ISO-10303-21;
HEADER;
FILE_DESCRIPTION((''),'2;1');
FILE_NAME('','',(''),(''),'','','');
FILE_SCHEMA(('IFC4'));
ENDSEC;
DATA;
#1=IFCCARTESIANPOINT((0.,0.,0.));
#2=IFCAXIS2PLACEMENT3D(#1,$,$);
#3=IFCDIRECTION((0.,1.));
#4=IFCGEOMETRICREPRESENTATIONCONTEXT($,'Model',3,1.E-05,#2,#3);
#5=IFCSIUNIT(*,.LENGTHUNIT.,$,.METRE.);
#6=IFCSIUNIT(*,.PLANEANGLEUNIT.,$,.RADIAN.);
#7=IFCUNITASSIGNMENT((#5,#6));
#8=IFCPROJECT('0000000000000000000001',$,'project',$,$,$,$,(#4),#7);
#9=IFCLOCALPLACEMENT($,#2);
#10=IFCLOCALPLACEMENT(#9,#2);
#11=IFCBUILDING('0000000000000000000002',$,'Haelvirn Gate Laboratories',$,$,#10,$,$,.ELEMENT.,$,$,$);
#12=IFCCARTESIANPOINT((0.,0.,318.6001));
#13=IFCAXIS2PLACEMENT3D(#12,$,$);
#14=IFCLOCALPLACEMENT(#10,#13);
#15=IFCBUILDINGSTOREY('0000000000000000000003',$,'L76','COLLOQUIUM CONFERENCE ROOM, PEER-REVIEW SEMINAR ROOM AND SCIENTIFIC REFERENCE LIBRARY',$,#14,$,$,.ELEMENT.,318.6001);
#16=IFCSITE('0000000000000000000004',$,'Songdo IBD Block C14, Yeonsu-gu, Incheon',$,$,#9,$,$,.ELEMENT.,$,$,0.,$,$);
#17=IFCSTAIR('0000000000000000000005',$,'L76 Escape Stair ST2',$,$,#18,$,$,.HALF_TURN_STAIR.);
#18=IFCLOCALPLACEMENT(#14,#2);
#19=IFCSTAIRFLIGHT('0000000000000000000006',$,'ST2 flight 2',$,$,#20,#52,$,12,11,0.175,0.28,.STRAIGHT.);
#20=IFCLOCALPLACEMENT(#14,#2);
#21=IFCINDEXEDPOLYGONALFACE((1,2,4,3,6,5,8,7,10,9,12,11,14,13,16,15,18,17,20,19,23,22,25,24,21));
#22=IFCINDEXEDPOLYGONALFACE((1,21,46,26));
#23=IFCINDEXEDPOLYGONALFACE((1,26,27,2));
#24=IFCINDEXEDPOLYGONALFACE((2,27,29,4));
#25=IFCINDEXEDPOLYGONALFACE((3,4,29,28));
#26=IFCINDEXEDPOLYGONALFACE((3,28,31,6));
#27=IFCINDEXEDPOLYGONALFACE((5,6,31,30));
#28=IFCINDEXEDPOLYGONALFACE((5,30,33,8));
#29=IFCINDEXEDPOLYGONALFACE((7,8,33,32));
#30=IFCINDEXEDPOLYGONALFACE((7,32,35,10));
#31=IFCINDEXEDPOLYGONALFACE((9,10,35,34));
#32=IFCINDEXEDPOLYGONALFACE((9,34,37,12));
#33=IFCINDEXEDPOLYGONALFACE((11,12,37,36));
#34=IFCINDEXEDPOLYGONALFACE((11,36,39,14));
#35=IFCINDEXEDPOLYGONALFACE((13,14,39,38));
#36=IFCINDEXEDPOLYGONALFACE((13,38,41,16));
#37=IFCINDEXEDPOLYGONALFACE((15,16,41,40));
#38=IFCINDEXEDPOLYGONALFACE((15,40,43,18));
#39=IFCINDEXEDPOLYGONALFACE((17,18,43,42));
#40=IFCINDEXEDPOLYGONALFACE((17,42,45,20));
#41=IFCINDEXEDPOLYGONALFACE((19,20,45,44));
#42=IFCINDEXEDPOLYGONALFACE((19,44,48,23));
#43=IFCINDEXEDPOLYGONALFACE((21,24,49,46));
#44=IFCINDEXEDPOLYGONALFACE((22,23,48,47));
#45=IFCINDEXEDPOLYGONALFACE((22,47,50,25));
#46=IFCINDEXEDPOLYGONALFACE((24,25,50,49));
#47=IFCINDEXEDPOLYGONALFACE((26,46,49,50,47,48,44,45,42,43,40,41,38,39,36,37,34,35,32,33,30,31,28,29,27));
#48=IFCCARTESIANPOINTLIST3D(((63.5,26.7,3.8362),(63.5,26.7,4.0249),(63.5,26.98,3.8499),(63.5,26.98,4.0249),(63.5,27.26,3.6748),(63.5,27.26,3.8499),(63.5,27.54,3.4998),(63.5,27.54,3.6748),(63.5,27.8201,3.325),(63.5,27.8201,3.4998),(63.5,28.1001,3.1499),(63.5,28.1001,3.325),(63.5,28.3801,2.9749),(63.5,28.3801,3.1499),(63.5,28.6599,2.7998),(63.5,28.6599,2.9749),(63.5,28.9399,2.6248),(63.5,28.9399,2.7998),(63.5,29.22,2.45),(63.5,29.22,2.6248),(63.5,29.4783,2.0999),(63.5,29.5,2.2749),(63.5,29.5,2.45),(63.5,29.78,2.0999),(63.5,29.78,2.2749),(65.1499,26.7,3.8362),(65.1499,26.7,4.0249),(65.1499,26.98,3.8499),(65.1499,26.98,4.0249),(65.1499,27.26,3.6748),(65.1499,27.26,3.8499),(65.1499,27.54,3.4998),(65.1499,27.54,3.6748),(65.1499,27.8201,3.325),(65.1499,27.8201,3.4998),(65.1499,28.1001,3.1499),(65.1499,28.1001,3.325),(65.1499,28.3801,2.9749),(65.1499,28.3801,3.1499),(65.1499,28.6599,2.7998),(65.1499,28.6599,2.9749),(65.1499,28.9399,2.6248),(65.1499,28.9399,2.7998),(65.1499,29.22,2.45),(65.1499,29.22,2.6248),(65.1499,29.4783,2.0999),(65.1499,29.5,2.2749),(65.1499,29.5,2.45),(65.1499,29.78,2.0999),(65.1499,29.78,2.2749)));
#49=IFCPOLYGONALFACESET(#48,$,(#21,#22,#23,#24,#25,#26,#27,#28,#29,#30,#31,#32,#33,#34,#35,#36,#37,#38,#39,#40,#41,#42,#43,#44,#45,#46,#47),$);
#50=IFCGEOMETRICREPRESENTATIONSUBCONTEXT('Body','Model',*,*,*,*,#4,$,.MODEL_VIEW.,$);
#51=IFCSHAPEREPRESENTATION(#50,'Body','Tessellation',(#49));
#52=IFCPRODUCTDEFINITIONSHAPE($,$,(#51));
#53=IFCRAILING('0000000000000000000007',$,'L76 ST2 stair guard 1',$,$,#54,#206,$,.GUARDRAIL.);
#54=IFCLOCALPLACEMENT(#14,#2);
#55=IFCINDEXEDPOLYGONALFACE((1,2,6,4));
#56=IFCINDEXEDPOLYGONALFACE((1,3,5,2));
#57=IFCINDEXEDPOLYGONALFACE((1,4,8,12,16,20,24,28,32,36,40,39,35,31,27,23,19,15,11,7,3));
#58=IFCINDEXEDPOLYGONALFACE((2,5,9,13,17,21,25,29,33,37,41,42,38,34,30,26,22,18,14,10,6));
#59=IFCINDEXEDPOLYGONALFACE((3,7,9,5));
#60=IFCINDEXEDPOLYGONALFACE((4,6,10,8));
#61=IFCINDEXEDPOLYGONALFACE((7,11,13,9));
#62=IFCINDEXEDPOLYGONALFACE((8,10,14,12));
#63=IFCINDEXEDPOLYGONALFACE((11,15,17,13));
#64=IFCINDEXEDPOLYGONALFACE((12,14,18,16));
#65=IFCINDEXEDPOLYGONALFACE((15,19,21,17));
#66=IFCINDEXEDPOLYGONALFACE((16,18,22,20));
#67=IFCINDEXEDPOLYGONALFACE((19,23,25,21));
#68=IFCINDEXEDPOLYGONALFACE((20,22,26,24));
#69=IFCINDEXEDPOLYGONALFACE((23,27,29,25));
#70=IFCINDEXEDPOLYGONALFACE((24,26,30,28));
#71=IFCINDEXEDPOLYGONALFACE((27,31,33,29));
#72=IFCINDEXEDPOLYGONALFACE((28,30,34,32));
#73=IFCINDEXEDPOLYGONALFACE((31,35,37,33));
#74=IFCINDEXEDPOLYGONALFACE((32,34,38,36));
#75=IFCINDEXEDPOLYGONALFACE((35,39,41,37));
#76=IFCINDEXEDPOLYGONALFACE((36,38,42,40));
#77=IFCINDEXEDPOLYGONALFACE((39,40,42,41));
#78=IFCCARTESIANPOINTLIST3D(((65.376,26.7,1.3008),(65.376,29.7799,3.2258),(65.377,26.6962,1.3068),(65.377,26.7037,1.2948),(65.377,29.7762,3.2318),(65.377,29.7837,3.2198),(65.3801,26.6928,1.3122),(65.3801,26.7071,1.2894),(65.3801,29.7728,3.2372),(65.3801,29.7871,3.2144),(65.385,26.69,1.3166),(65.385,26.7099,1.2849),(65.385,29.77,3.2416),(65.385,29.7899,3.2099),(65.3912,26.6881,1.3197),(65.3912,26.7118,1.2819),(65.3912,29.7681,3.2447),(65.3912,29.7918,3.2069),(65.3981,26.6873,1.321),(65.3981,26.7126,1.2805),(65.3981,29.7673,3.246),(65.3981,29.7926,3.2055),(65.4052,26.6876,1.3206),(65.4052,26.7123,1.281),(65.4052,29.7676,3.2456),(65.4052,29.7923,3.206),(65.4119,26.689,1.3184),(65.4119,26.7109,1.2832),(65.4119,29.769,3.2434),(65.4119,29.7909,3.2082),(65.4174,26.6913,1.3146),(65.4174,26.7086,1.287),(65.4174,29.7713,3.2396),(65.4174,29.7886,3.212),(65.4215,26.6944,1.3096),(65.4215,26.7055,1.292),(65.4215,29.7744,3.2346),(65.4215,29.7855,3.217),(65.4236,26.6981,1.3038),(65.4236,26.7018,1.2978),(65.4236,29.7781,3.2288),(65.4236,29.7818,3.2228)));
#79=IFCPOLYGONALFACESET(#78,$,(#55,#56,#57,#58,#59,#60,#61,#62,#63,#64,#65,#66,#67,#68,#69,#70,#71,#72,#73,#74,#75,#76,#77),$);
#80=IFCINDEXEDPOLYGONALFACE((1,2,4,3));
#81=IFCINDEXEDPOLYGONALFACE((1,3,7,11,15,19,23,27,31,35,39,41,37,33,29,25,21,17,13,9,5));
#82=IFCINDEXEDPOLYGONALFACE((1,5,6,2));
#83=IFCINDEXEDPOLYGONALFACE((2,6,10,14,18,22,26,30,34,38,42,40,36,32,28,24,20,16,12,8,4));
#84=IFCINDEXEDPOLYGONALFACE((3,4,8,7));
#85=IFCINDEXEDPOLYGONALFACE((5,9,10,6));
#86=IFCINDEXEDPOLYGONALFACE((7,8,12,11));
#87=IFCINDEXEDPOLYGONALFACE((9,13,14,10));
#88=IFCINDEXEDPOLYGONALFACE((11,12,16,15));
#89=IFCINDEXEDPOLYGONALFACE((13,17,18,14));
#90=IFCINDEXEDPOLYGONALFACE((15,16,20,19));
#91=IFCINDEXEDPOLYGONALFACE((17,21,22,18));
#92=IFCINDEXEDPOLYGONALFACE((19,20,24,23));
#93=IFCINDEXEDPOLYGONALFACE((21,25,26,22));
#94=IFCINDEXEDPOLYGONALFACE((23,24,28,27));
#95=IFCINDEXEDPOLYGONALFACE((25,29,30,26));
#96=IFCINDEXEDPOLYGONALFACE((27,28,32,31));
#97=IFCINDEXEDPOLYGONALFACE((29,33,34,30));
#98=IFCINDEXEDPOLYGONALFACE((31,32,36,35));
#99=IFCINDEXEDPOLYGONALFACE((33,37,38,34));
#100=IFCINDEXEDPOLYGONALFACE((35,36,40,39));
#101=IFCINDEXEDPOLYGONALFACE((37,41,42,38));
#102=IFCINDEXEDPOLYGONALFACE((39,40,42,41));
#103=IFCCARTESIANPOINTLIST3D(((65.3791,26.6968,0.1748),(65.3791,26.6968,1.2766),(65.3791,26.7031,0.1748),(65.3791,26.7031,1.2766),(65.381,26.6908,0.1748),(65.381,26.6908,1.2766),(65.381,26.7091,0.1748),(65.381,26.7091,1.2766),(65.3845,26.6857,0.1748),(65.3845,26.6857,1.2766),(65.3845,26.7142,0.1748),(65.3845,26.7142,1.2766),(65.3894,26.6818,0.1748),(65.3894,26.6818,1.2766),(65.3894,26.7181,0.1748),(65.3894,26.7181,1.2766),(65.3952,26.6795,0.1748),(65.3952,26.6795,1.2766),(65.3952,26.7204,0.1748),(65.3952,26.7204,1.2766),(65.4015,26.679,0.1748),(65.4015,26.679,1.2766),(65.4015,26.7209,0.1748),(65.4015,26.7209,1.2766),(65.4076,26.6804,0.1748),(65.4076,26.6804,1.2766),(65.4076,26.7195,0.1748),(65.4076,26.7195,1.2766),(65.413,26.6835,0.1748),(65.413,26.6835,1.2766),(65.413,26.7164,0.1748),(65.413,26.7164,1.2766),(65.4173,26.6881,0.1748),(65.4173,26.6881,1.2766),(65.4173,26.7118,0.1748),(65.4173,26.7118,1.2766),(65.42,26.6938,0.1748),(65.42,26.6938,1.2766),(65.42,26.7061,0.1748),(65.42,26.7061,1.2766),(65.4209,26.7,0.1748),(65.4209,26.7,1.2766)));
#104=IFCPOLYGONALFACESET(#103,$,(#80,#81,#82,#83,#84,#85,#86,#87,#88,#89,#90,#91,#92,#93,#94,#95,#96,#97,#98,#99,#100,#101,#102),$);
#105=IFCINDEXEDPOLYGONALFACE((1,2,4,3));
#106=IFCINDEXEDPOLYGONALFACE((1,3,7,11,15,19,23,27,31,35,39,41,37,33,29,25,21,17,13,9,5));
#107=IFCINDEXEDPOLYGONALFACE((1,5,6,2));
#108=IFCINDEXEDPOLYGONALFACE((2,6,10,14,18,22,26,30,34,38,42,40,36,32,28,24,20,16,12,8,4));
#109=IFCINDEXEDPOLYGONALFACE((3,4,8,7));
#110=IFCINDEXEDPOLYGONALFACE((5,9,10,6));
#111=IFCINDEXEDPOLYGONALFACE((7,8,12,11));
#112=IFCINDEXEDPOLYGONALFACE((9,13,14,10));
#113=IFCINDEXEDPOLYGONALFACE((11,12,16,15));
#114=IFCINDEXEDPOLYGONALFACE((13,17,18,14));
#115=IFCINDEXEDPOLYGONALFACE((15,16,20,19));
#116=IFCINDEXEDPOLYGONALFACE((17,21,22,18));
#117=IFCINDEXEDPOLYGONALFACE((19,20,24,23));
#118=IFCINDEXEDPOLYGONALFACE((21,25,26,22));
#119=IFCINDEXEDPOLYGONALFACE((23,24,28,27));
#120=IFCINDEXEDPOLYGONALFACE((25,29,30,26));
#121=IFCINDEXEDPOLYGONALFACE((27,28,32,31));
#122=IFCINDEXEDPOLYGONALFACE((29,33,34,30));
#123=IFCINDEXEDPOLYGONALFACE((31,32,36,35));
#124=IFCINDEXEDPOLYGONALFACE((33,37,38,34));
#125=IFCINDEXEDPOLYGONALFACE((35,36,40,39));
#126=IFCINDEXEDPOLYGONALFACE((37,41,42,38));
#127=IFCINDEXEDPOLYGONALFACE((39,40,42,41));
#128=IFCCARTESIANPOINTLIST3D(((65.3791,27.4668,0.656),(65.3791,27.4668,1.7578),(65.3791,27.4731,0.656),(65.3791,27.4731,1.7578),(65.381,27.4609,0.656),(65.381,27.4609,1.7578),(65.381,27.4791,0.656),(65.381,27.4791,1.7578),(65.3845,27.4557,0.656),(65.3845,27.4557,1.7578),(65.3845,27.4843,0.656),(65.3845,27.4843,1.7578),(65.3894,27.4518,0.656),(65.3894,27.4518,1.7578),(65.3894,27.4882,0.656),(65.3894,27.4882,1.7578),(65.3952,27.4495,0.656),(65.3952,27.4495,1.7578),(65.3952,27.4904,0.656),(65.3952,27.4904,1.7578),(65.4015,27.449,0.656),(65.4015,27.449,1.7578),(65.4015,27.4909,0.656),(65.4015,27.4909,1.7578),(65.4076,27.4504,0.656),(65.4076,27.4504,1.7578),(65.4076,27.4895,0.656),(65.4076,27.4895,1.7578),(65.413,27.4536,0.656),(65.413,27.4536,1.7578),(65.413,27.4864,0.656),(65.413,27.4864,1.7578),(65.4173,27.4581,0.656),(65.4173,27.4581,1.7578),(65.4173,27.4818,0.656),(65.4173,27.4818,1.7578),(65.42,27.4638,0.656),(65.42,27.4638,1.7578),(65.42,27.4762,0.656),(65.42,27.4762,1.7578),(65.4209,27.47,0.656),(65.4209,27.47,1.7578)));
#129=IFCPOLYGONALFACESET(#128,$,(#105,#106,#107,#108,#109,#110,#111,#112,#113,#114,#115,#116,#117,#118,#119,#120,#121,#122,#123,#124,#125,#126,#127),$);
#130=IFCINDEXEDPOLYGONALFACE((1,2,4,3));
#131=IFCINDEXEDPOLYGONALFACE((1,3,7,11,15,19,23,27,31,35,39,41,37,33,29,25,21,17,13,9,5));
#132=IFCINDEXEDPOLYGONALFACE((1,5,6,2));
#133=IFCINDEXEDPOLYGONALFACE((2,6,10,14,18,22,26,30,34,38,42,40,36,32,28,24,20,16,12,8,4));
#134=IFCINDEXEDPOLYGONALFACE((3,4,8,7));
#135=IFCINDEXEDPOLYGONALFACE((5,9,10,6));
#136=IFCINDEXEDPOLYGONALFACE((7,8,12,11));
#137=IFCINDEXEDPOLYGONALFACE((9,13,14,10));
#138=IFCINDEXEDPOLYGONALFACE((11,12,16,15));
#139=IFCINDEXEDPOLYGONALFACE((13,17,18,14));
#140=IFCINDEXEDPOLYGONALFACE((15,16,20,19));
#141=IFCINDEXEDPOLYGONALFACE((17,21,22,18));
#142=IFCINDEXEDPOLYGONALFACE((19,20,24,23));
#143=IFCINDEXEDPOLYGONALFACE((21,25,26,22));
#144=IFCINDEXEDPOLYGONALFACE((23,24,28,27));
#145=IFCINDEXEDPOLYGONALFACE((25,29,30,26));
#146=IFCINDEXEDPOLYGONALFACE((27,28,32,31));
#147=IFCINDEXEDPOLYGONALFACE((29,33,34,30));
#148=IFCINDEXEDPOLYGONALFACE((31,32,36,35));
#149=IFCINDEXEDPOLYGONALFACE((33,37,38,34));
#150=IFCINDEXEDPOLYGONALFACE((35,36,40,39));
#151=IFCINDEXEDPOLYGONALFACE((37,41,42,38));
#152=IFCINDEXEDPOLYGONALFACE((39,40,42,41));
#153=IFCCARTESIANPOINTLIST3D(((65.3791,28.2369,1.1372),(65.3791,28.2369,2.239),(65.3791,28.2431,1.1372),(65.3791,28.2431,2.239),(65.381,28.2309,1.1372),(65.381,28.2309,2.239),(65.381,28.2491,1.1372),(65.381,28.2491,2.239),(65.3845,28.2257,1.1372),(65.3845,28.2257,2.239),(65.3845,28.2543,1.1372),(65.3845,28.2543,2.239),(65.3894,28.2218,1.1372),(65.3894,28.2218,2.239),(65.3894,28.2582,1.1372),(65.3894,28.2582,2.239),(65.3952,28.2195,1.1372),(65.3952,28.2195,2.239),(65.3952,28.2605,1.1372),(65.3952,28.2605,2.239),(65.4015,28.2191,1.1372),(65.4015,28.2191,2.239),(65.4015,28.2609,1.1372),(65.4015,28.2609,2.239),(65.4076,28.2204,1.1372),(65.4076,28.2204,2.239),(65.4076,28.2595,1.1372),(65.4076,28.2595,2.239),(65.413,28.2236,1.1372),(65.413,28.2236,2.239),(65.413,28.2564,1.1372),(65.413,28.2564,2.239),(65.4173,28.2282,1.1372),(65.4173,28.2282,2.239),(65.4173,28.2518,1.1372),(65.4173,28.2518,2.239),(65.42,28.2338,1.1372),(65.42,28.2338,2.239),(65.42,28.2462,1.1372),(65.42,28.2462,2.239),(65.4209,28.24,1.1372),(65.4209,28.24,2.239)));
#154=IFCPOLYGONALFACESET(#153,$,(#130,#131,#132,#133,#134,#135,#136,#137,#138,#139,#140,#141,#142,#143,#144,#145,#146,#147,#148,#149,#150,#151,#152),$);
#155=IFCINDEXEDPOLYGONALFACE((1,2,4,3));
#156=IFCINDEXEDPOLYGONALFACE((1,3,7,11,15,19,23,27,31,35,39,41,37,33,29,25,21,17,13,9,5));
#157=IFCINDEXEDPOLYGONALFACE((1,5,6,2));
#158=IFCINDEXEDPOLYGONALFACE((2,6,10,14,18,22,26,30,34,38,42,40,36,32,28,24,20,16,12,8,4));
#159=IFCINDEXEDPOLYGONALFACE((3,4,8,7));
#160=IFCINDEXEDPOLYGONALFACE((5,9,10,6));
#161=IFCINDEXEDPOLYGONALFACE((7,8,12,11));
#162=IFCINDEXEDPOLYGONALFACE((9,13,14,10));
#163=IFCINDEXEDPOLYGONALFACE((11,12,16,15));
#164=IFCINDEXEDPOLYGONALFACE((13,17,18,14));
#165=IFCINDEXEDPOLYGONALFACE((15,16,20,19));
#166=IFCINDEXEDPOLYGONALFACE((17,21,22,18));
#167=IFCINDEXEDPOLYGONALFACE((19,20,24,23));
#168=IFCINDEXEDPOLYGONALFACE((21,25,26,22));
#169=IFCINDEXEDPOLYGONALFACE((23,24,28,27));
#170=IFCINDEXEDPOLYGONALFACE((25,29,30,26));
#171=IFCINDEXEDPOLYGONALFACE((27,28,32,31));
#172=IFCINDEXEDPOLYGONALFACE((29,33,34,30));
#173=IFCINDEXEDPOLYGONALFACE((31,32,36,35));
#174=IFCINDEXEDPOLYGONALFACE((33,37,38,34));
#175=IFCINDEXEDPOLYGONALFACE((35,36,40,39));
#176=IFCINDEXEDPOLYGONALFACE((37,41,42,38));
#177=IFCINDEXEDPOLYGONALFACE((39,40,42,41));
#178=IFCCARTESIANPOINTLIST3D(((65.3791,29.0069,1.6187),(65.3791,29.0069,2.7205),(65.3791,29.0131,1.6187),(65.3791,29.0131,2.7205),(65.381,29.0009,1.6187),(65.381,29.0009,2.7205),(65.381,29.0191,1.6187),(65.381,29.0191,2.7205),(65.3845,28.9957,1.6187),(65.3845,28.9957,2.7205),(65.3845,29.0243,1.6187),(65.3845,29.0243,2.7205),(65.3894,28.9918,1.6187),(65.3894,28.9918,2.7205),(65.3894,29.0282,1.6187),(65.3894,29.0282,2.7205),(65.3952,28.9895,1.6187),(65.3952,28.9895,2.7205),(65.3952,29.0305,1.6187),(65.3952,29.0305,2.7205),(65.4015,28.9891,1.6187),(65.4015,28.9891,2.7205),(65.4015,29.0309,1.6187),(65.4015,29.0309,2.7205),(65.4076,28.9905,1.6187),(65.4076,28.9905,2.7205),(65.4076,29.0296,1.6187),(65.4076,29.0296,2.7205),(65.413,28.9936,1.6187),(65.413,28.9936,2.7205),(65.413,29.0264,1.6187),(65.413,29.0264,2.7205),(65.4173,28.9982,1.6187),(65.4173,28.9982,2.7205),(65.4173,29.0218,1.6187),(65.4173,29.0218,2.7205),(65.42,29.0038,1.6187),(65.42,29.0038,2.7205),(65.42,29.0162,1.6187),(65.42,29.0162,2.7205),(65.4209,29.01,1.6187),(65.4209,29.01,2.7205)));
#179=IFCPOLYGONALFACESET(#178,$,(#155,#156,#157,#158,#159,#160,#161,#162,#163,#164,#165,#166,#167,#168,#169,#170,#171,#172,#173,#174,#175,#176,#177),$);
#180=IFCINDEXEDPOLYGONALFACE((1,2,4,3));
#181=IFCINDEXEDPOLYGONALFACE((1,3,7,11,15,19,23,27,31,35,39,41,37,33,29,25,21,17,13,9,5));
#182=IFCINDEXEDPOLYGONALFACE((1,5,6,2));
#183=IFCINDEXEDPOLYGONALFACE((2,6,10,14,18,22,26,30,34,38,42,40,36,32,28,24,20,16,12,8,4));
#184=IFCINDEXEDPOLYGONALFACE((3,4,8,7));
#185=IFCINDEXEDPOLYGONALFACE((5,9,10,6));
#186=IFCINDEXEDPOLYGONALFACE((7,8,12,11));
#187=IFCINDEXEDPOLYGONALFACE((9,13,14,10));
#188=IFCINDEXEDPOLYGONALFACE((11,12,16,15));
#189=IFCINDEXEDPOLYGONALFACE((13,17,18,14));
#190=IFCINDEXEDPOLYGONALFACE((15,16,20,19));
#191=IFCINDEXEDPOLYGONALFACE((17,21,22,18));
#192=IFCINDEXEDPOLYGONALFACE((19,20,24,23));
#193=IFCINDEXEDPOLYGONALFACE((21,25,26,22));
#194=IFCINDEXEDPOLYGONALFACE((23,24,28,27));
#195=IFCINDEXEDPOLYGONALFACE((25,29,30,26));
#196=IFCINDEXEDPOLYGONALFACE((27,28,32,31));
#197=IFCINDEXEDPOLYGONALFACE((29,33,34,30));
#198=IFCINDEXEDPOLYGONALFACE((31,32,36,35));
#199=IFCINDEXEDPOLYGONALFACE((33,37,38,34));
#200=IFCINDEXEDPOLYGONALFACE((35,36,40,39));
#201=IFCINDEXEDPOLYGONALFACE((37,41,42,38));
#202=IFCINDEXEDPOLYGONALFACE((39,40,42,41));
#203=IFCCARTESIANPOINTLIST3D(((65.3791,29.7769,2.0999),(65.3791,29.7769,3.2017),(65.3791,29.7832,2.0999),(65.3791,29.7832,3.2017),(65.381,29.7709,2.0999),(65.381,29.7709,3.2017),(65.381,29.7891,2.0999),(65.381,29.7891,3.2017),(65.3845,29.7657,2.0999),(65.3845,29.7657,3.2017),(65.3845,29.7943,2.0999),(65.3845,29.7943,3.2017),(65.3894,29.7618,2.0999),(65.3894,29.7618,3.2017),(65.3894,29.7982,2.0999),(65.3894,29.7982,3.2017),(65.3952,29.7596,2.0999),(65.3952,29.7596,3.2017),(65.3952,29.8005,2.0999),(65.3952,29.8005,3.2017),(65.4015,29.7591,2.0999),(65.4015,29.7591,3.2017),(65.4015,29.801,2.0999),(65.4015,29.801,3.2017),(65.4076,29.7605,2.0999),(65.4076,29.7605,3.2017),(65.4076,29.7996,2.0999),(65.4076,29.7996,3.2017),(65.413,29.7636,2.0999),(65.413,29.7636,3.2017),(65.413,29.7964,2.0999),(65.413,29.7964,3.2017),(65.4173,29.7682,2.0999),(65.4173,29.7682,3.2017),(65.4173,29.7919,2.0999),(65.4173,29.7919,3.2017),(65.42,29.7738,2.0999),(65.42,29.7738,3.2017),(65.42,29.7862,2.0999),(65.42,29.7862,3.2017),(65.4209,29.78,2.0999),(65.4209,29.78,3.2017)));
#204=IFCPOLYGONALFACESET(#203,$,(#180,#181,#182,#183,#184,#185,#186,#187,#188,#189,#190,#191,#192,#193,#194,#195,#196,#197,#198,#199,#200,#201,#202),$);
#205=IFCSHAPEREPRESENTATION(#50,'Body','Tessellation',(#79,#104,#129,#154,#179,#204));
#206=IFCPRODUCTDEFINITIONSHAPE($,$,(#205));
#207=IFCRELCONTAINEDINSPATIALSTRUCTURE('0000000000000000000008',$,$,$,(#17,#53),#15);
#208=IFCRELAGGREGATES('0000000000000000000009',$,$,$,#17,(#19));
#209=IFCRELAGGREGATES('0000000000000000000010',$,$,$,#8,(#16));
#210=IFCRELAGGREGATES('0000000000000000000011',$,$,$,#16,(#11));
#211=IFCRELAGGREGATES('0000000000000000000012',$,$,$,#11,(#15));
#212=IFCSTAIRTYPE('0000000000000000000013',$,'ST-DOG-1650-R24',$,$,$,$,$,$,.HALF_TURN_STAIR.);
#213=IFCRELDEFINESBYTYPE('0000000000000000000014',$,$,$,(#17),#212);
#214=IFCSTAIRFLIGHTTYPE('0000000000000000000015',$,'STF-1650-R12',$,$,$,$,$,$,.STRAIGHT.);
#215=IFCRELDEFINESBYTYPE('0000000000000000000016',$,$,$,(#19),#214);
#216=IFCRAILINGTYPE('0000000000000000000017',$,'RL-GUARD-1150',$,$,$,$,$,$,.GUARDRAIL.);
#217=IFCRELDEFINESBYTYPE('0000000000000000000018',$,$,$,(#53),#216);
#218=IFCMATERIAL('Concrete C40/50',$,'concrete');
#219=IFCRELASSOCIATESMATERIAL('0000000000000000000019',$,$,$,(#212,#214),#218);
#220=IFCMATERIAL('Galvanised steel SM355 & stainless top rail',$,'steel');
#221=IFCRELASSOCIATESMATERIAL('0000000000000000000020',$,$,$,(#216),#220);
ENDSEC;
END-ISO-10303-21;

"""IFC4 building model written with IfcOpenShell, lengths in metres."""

from ifc_helpers import new_model, si_unit, direction, frame, origin, origin_2d, place, context, subcontext, project, spatial, polyline, circle, outline, extrude, source, transform, mapped, material, type_object, type_shapes, element, aggregate, save


model = new_model("IFC4")

# Units and contexts
model_context = context("Model", 3, precision=1e-05, world=origin(), true_north=direction((0.0, 1.0)))
body_context = subcontext(model_context, "Body", "Model", "MODEL_VIEW")
ifc_project = project(units=[si_unit("LENGTHUNIT", "METRE"), si_unit("PLANEANGLEUNIT", "RADIAN")], contexts=[model_context])

# Site, building, storey
site_placement = place(None, origin())
site = spatial("IfcSite", under=ifc_project, at=site_placement, Name="Songdo IBD Block C14, Yeonsu-gu, Incheon", CompositionType="ELEMENT", RefElevation=0.0)
building_placement = place(site_placement, origin())
building = spatial("IfcBuilding", under=site, at=building_placement, Name="Haelvirn Gate Laboratories", CompositionType="ELEMENT")
storey_placement = place(building_placement, frame((0.0, 0.0, 318.6001)))
storey = spatial("IfcBuildingStorey", under=building, at=storey_placement, Name="L76", Description="COLLOQUIUM CONFERENCE ROOM, PEER-REVIEW SEMINAR ROOM AND SCIENTIFIC REFERENCE LIBRARY", CompositionType="ELEMENT", Elevation=318.6001)

# Shared definitions
ifc_material_1 = material(Name="Concrete C40/50", Category="concrete")

# Stair, stair flight
stair_type = type_object("IfcStairType", Name="ST-DOG-1650-R24", PredefinedType="HALF_TURN_STAIR", material=ifc_material_1)
stair_placement = place(storey_placement, origin())
stair = element("IfcStair", 1, at=stair_placement, inside=storey, type_object=stair_type, Name="L76 Escape Stair ST2", PredefinedType="HALF_TURN_STAIR")
stair_flight_type = type_object("IfcStairFlightType", Name="STF-1650-R12", PredefinedType="STRAIGHT", material=ifc_material_1)
shared_shape_1 = source(origin(), body_context, "Body", "SweptSolid", [
    extrude(outline(polyline([(0.0, 0.0), (0.0, 0.175), (0.28, 0.175), (0.28, 0.3501), (0.5601, 0.3501), (0.5601, 0.5249), (0.8401, 0.5249), (0.8401, 0.7), (1.1201, 0.7), (1.1201, 0.875), (1.3999, 0.875), (1.3999, 1.05), (1.6799, 1.05), (1.6799, 1.2251), (1.96, 1.2251), (1.96, 1.3999), (2.24, 1.3999), (2.24, 1.575), (2.52, 1.575), (2.52, 1.75), (2.8, 1.75), (2.8, 1.925), (3.0801, 1.925), (3.0801, 2.1001), (3.0801, 1.7363), (0.3018, 0.0), (0.0, 0.0)])), frame((0.0, 0.825, 0.0), z_axis=(0.0, -1.0, 0.0), x_axis=(1.0, 0.0, 0.0)), (0.0, 0.0, 1.0), 1.6499),
])
type_shapes(stair_flight_type, [shared_shape_1])
stair_flight_1_placement = place(storey_placement, frame((64.325, 29.78, 2.0999), z_axis=(0.0, 0.0, 1.0), x_axis=(0.0, -1.0, 0.0)))
stair_flight_1 = element("IfcStairFlight", 2, at=stair_flight_1_placement, type_object=stair_flight_type, Name="ST2 flight 2", NumberOfRisers=12, NumberOfTreads=11, PredefinedType="STRAIGHT", RiserHeight=0.175, TreadLength=0.28, context=body_context, shape_type="MappedRepresentation", body=[
    mapped(shared_shape_1, transform((0.0, 0.0, 0.0), scale=1.0)),
])
aggregate(stair, [stair_flight_1])

# Railing
ifc_material_2 = material(Name="Galvanised steel SM355 & stainless top rail", Category="steel")
railing_type_1 = type_object("IfcRailingType", Name="RL-GUARD-1150", PredefinedType="GUARDRAIL", material=ifc_material_2)
shared_shape_2 = source(origin(), body_context, "Body", "SweptSolid", [
    extrude(circle(Radius=0.0239, at=origin_2d()), frame((0.0, 0.0, 1.126), z_axis=(0.0, 0.847998, 0.529999), x_axis=(-1.0, 0.0, 0.0)), (0.0, 0.0, 1.0), 3.6321),
    extrude(circle(Radius=0.021, at=origin_2d()), origin(), (0.0, 0.0, 1.0), 1.1018),
    extrude(circle(Radius=0.021, at=origin_2d()), frame((0.0, 0.77, 0.4812)), (0.0, 0.0, 1.0), 1.1018),
    extrude(circle(Radius=0.021, at=origin_2d()), frame((0.0, 1.54, 0.9624)), (0.0, 0.0, 1.0), 1.1018),
    extrude(circle(Radius=0.021, at=origin_2d()), frame((0.0, 2.3101, 1.4438)), (0.0, 0.0, 1.0), 1.1018),
    extrude(circle(Radius=0.021, at=origin_2d()), frame((0.0, 3.0801, 1.925)), (0.0, 0.0, 1.0), 1.1018),
])
railing_1_placement = place(storey_placement, frame((65.3999, 26.7, 0.1748)))
element("IfcRailing", 3, at=railing_1_placement, inside=storey, type_object=railing_type_1, Name="L76 ST2 stair guard 1", PredefinedType="GUARDRAIL", context=body_context, shape_type="MappedRepresentation", body=[
    mapped(shared_shape_2, transform((0.0, 0.0, 0.0), scale=1.0)),
])

save(model, "model.ifc")
